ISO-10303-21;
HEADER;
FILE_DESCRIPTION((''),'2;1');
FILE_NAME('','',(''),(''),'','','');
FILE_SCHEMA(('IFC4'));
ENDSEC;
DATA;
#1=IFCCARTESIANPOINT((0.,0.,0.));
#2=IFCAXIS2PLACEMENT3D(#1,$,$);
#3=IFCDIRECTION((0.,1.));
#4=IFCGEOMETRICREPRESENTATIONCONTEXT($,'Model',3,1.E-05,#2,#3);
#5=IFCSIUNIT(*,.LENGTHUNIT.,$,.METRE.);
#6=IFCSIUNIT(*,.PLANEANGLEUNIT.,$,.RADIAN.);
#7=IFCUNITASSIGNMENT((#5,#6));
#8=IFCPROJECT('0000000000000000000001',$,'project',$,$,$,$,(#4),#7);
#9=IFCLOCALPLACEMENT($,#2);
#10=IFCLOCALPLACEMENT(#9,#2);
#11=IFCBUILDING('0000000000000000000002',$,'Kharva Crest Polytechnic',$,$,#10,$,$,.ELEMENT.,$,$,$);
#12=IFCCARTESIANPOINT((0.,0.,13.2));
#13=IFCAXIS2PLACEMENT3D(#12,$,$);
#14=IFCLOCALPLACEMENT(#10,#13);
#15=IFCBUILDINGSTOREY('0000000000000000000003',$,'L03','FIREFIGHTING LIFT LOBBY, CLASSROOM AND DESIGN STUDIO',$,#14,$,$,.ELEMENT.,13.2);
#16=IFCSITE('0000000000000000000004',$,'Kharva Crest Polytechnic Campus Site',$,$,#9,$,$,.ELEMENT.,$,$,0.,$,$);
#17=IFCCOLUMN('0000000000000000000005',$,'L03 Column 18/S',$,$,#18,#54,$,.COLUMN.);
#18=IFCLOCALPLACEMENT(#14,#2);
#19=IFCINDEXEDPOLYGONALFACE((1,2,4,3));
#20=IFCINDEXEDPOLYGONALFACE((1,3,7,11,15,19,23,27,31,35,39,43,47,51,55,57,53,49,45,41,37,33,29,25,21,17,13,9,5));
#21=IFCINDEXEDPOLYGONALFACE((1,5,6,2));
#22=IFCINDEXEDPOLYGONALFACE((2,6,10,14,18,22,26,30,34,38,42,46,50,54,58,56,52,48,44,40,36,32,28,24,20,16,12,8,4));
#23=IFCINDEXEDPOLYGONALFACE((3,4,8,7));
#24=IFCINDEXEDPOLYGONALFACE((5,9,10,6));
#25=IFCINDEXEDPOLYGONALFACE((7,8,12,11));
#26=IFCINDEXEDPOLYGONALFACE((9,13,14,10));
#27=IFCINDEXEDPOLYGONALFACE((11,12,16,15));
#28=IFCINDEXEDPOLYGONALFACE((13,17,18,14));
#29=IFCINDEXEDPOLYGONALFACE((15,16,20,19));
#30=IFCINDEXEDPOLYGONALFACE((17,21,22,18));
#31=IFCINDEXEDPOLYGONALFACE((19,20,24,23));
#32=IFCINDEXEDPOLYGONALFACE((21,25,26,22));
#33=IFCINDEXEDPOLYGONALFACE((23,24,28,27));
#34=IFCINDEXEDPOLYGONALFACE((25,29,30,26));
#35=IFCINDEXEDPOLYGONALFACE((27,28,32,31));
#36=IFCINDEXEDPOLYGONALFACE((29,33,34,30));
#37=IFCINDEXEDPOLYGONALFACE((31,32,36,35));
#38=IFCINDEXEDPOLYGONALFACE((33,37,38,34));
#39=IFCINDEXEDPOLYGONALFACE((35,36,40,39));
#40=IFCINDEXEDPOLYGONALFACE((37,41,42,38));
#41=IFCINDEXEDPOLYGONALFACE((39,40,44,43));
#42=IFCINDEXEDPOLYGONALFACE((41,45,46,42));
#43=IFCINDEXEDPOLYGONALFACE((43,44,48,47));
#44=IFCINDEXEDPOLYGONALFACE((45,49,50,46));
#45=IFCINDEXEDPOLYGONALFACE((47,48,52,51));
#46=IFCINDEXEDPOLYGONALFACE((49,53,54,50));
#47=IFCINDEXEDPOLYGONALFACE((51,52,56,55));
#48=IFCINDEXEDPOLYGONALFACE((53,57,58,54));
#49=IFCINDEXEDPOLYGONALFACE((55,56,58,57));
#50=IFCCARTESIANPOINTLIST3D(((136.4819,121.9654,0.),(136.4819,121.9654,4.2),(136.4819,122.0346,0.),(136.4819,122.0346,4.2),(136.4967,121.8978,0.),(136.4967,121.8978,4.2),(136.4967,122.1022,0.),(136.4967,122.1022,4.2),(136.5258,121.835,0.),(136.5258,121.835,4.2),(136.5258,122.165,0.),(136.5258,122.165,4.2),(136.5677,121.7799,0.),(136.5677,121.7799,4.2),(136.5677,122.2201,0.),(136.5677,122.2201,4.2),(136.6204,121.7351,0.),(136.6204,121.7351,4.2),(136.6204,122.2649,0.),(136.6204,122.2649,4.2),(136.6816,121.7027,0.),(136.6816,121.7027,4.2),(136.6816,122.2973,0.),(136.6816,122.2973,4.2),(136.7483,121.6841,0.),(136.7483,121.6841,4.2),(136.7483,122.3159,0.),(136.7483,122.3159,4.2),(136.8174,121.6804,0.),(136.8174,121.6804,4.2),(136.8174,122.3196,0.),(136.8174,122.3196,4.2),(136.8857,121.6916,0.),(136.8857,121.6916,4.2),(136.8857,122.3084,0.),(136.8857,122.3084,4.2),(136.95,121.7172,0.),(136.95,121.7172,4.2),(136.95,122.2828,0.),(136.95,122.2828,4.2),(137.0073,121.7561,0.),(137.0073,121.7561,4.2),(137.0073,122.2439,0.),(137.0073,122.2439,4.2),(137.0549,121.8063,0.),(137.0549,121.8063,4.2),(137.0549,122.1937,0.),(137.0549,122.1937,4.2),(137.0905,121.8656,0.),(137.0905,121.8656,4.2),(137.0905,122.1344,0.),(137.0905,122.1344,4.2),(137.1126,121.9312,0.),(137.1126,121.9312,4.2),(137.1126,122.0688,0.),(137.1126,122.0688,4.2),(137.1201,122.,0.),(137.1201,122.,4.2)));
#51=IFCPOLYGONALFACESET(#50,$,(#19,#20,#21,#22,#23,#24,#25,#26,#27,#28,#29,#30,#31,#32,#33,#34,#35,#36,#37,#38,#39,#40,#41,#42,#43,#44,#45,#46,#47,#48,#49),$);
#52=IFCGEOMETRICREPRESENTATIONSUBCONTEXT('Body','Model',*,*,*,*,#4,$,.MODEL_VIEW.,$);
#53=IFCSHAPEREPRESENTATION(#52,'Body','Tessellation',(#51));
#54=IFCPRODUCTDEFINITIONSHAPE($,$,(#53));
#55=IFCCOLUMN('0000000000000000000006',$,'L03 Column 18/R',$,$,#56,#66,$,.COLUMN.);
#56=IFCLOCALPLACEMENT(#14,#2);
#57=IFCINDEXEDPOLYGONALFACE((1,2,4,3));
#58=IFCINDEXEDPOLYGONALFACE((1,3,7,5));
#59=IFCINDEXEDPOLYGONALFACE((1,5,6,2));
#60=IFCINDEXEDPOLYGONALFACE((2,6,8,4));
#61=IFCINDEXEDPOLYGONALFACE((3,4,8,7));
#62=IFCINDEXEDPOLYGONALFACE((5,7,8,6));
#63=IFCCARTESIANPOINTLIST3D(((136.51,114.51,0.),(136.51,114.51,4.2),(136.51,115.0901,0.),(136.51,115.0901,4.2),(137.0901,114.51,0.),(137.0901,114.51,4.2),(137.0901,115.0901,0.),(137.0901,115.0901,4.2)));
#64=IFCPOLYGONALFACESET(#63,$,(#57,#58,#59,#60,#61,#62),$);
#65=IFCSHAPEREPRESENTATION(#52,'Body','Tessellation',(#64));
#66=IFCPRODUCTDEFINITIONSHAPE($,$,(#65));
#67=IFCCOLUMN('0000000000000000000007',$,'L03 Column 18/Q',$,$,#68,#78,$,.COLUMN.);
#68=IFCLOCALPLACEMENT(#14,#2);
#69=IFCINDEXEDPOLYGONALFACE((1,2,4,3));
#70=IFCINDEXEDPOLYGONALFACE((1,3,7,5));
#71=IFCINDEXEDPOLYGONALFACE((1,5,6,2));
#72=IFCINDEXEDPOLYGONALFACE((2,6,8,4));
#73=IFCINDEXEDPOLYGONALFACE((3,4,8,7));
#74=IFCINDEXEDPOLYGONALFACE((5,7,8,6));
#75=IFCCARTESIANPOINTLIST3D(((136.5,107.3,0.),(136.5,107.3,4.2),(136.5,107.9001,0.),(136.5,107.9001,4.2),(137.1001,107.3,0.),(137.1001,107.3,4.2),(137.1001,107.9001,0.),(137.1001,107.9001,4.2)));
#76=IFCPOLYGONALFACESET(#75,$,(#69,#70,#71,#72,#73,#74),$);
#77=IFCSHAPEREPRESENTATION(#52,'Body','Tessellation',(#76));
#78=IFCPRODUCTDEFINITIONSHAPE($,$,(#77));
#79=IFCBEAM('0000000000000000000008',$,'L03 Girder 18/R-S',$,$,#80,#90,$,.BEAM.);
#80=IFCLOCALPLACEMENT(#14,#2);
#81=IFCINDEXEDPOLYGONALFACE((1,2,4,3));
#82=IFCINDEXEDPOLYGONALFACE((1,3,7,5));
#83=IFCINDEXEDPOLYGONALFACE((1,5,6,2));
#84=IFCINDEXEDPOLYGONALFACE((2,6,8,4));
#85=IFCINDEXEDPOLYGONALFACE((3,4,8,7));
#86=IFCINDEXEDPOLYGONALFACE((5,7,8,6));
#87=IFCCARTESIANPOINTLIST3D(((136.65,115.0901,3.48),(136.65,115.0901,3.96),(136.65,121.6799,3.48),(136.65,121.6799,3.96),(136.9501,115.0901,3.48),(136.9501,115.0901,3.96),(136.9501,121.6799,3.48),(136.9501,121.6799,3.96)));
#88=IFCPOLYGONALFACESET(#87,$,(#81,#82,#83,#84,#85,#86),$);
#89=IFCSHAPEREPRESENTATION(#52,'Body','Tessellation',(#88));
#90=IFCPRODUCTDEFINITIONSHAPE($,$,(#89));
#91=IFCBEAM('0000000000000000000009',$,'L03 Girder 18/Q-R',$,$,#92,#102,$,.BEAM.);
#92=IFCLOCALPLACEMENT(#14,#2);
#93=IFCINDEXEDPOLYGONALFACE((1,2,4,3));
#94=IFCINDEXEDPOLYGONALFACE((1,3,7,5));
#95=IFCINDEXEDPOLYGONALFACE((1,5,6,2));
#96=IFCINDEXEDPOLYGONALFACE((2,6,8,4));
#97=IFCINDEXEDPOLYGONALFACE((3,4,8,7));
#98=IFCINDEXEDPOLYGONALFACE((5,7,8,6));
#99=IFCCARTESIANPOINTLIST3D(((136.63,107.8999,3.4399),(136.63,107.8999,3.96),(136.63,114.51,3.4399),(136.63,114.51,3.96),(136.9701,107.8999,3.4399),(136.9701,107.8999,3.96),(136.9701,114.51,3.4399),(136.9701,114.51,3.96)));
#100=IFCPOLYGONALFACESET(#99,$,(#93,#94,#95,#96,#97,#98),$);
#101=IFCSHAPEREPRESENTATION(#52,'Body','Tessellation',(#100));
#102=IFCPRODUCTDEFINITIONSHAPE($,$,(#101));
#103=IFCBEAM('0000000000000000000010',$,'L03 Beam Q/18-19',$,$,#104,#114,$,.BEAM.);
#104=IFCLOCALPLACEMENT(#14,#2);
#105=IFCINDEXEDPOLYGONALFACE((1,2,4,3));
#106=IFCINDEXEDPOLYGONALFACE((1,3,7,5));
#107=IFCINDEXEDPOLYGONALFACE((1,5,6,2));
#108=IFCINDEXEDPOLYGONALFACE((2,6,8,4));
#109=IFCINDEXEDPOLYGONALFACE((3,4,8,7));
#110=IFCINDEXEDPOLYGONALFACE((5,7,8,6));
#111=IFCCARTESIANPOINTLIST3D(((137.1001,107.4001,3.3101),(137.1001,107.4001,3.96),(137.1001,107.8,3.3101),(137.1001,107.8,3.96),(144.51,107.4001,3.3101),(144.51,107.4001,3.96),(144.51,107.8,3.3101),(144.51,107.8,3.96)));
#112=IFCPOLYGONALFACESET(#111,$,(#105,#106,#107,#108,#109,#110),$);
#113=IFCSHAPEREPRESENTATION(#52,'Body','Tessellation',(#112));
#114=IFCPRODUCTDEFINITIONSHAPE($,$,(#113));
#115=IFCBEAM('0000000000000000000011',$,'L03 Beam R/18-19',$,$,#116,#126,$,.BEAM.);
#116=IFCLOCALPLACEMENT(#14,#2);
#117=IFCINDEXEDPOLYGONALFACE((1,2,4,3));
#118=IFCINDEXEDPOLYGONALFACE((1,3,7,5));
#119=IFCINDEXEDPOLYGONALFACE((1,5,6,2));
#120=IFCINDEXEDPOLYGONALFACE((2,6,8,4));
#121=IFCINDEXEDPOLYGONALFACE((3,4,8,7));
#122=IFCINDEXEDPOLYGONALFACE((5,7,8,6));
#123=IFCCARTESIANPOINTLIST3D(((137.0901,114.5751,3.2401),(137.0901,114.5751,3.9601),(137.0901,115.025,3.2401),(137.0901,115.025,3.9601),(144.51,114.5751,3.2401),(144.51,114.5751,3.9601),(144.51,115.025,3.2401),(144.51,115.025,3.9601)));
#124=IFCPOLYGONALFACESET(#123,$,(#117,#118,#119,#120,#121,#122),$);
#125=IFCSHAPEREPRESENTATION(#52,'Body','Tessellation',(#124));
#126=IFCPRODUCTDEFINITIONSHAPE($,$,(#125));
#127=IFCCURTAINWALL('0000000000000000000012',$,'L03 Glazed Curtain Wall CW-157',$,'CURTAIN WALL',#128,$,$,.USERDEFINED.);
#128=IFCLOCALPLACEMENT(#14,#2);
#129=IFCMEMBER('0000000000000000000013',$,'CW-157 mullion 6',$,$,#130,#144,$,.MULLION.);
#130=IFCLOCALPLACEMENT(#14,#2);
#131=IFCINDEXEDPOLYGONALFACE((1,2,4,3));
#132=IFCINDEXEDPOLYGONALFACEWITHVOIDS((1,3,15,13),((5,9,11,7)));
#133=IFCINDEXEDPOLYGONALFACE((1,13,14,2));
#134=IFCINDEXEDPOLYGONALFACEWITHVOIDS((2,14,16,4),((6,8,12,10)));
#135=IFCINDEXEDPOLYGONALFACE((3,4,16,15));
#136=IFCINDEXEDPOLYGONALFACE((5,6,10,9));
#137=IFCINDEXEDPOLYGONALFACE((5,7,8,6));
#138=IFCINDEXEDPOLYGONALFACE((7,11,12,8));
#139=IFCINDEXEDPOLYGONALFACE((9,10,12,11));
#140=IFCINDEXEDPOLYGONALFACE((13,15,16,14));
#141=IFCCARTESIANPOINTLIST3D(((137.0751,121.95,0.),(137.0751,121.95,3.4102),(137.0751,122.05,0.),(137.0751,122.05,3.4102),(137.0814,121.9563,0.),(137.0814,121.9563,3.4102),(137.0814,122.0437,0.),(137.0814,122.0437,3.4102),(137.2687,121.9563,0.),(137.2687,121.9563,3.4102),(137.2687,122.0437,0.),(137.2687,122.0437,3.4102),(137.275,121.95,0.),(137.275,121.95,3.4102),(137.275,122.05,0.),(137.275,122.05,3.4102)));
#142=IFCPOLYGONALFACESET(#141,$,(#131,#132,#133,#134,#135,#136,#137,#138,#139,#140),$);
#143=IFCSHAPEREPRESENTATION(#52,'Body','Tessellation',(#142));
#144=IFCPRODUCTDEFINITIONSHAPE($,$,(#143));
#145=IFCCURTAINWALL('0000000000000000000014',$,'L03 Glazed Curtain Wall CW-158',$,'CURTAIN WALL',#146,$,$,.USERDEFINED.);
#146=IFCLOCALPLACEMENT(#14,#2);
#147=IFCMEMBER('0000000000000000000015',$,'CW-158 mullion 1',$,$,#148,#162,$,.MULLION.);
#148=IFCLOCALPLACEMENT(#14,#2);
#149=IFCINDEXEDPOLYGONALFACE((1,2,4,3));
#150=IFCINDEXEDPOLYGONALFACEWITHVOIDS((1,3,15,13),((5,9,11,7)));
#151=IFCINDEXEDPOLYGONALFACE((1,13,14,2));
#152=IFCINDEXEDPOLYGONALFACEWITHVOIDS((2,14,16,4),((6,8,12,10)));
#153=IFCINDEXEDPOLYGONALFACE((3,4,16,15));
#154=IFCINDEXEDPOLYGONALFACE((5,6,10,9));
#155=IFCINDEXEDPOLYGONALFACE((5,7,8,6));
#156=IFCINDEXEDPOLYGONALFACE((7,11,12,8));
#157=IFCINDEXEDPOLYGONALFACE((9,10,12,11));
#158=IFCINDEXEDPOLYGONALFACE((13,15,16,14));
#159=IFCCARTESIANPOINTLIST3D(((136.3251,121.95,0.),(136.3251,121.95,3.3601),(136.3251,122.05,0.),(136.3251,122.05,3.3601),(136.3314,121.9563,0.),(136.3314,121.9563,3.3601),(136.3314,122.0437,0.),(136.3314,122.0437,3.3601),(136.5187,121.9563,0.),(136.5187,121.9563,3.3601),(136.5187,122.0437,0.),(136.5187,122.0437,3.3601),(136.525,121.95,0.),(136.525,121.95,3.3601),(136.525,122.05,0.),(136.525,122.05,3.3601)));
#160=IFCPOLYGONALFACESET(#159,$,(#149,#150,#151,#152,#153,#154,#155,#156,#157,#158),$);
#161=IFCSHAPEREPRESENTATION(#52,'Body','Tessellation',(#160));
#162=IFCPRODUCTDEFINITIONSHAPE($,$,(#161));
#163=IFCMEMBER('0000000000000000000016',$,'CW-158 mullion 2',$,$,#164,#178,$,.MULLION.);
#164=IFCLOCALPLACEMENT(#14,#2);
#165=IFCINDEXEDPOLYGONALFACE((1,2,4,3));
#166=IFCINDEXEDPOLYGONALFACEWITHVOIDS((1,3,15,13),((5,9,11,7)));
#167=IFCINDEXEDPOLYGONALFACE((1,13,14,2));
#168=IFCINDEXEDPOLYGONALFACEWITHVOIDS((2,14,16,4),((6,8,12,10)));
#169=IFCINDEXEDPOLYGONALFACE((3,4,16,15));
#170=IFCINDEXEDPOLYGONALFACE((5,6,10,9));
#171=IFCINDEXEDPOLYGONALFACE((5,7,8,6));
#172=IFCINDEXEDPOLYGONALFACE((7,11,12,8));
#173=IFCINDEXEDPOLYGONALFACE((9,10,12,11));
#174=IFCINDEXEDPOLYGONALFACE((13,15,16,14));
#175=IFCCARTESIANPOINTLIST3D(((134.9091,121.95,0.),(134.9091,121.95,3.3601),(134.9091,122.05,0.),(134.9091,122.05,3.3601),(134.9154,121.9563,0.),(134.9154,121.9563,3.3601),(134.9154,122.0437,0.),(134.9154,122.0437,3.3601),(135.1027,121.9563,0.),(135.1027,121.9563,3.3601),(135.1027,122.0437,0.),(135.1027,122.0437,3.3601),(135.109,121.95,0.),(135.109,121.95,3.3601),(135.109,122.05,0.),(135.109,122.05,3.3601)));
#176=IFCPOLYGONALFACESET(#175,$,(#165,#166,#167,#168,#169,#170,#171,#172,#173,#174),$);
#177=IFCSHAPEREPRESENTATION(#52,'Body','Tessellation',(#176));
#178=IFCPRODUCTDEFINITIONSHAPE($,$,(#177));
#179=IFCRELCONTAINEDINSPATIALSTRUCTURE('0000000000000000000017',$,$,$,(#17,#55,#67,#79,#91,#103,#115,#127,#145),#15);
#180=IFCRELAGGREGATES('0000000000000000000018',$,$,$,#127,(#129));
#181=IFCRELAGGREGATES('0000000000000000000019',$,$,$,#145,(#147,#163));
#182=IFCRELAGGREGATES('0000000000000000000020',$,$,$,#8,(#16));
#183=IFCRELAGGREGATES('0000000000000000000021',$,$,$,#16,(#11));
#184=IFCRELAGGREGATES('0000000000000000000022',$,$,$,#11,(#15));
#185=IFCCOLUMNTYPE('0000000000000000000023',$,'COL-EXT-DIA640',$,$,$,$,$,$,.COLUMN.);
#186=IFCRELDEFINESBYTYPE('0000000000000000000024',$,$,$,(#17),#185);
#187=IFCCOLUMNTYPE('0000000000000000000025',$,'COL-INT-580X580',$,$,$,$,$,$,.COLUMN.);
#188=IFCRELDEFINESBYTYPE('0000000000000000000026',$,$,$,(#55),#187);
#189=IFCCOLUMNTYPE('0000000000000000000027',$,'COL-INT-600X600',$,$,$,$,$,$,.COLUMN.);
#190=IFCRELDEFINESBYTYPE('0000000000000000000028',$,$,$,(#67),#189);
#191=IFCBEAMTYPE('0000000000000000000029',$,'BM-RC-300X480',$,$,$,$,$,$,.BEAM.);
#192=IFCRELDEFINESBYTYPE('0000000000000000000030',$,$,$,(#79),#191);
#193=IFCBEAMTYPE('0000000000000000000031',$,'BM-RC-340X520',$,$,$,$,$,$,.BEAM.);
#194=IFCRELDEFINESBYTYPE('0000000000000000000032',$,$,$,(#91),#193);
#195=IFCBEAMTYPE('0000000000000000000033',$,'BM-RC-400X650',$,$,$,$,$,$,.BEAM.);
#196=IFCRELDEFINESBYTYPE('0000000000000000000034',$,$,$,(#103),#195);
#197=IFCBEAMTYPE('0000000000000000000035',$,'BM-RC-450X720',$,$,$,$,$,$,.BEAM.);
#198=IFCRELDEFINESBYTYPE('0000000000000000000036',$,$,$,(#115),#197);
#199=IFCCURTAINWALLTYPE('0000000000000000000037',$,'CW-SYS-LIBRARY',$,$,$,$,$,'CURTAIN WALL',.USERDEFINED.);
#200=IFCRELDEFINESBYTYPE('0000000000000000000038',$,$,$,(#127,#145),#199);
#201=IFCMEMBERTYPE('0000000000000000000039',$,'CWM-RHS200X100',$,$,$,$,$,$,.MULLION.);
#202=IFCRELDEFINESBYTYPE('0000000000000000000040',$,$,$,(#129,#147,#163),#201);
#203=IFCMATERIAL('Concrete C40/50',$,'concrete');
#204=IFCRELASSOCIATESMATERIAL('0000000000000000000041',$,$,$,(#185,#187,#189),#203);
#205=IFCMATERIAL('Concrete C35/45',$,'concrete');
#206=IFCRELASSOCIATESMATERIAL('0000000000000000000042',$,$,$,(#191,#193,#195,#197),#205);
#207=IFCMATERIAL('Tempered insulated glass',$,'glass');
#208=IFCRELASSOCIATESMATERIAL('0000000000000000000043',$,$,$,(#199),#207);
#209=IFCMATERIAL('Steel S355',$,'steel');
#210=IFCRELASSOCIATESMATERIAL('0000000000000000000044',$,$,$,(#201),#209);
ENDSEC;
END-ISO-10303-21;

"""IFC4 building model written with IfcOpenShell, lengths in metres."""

from ifc_helpers import new_model, si_unit, direction, frame, origin, origin_2d, place, context, subcontext, project, spatial, rectangle, hollow_rectangle, circle, extrude, material, material_profile, profile_set, type_object, element, aggregate, save


model = new_model("IFC4")

# Units and contexts
model_context = context("Model", 3, precision=1e-05, world=origin(), true_north=direction((0.0, 1.0)))
body_context = subcontext(model_context, "Body", "Model", "MODEL_VIEW")
ifc_project = project(units=[si_unit("LENGTHUNIT", "METRE"), si_unit("PLANEANGLEUNIT", "RADIAN")], contexts=[model_context])

# Site, building, storey
site_placement = place(None, origin())
site = spatial("IfcSite", under=ifc_project, at=site_placement, Name="Kharva Crest Polytechnic Campus Site", CompositionType="ELEMENT", RefElevation=0.0)
building_placement = place(site_placement, origin())
building = spatial("IfcBuilding", under=site, at=building_placement, Name="Kharva Crest Polytechnic", CompositionType="ELEMENT")
storey_placement = place(building_placement, frame((0.0, 0.0, 13.2)))
storey = spatial("IfcBuildingStorey", under=building, at=storey_placement, Name="L03", Description="FIREFIGHTING LIFT LOBBY, CLASSROOM AND DESIGN STUDIO", CompositionType="ELEMENT", Elevation=13.2)

# Columns
ifc_material_1 = material(Name="Concrete C40/50", Category="concrete")
ifc_material_profile_1 = material_profile(ifc_material_1, circle(Radius=0.3201, at=origin_2d()), Name="DIA 640")
ifc_profile_set_1 = profile_set([ifc_material_profile_1], Name="Concrete C40/50")
column_type_1 = type_object("IfcColumnType", Name="COL-EXT-DIA640", PredefinedType="COLUMN", material=ifc_profile_set_1)
column_1_placement = place(storey_placement, frame((136.8, 122.0, 0.0), z_axis=(0.0, 0.0, 1.0), x_axis=(1.0, 0.0, 0.0)))
element("IfcColumn", 1, at=column_1_placement, inside=storey, type_object=column_type_1, Name="L03 Column 18/S", PredefinedType="COLUMN", context=body_context, shape_type="SweptSolid", body=[
    extrude(circle(Radius=0.3201, at=origin_2d()), origin(), (0.0, 0.0, 1.0), 4.2),
])
ifc_material_profile_2 = material_profile(ifc_material_1, rectangle(XDim=0.5801, YDim=0.5801, at=origin_2d()), Name="RECT 580 X 580")
ifc_profile_set_2 = profile_set([ifc_material_profile_2], Name="Concrete C40/50")
column_type_2 = type_object("IfcColumnType", Name="COL-INT-580X580", PredefinedType="COLUMN", material=ifc_profile_set_2)
column_2_placement = place(storey_placement, frame((136.8, 114.8, 0.0), z_axis=(0.0, 0.0, 1.0), x_axis=(1.0, 0.0, 0.0)))
element("IfcColumn", 2, at=column_2_placement, inside=storey, type_object=column_type_2, Name="L03 Column 18/R", PredefinedType="COLUMN", context=body_context, shape_type="SweptSolid", body=[
    extrude(rectangle(XDim=0.5801, YDim=0.5801, at=origin_2d()), origin(), (0.0, 0.0, 1.0), 4.2),
])
ifc_material_profile_3 = material_profile(ifc_material_1, rectangle(XDim=0.6001, YDim=0.6001, at=origin_2d()), Name="RECT 600 X 600")
ifc_profile_set_3 = profile_set([ifc_material_profile_3], Name="Concrete C40/50")
column_type_3 = type_object("IfcColumnType", Name="COL-INT-600X600", PredefinedType="COLUMN", material=ifc_profile_set_3)
column_3_placement = place(storey_placement, frame((136.8, 107.6001, 0.0), z_axis=(0.0, 0.0, 1.0), x_axis=(1.0, 0.0, 0.0)))
element("IfcColumn", 3, at=column_3_placement, inside=storey, type_object=column_type_3, Name="L03 Column 18/Q", PredefinedType="COLUMN", context=body_context, shape_type="SweptSolid", body=[
    extrude(rectangle(XDim=0.6001, YDim=0.6001, at=origin_2d()), origin(), (0.0, 0.0, 1.0), 4.2),
])

# Beams
ifc_material_2 = material(Name="Concrete C35/45", Category="concrete")
ifc_material_profile_4 = material_profile(ifc_material_2, rectangle(XDim=0.3, YDim=0.48, at=origin_2d()), Name="RECT 300 X 480")
ifc_profile_set_4 = profile_set([ifc_material_profile_4], Name="Concrete C35/45")
beam_type_1 = type_object("IfcBeamType", Name="BM-RC-300X480", PredefinedType="BEAM", material=ifc_profile_set_4)
beam_1_placement = place(storey_placement, frame((136.8, 115.0901, 3.72), z_axis=(0.0, 1.0, 0.0), x_axis=(-1.0, 0.0, 0.0)))
element("IfcBeam", 4, at=beam_1_placement, inside=storey, type_object=beam_type_1, Name="L03 Girder 18/R-S", PredefinedType="BEAM", context=body_context, shape_type="SweptSolid", body=[
    extrude(rectangle(XDim=0.3, YDim=0.48, at=origin_2d()), origin(), (0.0, 0.0, 1.0), 6.5898),
])
ifc_material_profile_5 = material_profile(ifc_material_2, rectangle(XDim=0.3401, YDim=0.52, at=origin_2d()), Name="RECT 340 X 520")
ifc_profile_set_5 = profile_set([ifc_material_profile_5], Name="Concrete C35/45")
beam_type_2 = type_object("IfcBeamType", Name="BM-RC-340X520", PredefinedType="BEAM", material=ifc_profile_set_5)
beam_2_placement = place(storey_placement, frame((136.8, 107.8999, 3.7), z_axis=(0.0, 1.0, 0.0), x_axis=(-1.0, 0.0, 0.0)))
element("IfcBeam", 5, at=beam_2_placement, inside=storey, type_object=beam_type_2, Name="L03 Girder 18/Q-R", PredefinedType="BEAM", context=body_context, shape_type="SweptSolid", body=[
    extrude(rectangle(XDim=0.3401, YDim=0.52, at=origin_2d()), origin(), (0.0, 0.0, 1.0), 6.6101),
])
ifc_material_profile_6 = material_profile(ifc_material_2, rectangle(XDim=0.3999, YDim=0.6499, at=origin_2d()), Name="RECT 400 X 650")
ifc_profile_set_6 = profile_set([ifc_material_profile_6], Name="Concrete C35/45")
beam_type_3 = type_object("IfcBeamType", Name="BM-RC-400X650", PredefinedType="BEAM", material=ifc_profile_set_6)
beam_3_placement = place(storey_placement, frame((137.1001, 107.6001, 3.635), z_axis=(1.0, 0.0, 0.0), x_axis=(0.0, 1.0, 0.0)))
element("IfcBeam", 6, at=beam_3_placement, inside=storey, type_object=beam_type_3, Name="L03 Beam Q/18-19", PredefinedType="BEAM", context=body_context, shape_type="SweptSolid", body=[
    extrude(rectangle(XDim=0.3999, YDim=0.6499, at=origin_2d()), origin(), (0.0, 0.0, 1.0), 7.4099),
])
ifc_material_profile_7 = material_profile(ifc_material_2, rectangle(XDim=0.45, YDim=0.72, at=origin_2d()), Name="RECT 450 X 720")
ifc_profile_set_7 = profile_set([ifc_material_profile_7], Name="Concrete C35/45")
beam_type_4 = type_object("IfcBeamType", Name="BM-RC-450X720", PredefinedType="BEAM", material=ifc_profile_set_7)
beam_4_placement = place(storey_placement, frame((137.0901, 114.8, 3.6001), z_axis=(1.0, 0.0, 0.0), x_axis=(0.0, 1.0, 0.0)))
element("IfcBeam", 7, at=beam_4_placement, inside=storey, type_object=beam_type_4, Name="L03 Beam R/18-19", PredefinedType="BEAM", context=body_context, shape_type="SweptSolid", body=[
    extrude(rectangle(XDim=0.45, YDim=0.72, at=origin_2d()), origin(), (0.0, 0.0, 1.0), 7.4199),
])

# Curtain wall, member
ifc_material_3 = material(Name="Tempered insulated glass", Category="glass")
curtain_wall_type = type_object("IfcCurtainWallType", Name="CW-SYS-LIBRARY", ElementType="CURTAIN WALL", PredefinedType="USERDEFINED", material=ifc_material_3)
curtain_wall_1_placement = place(storey_placement, origin())
curtain_wall_1 = element("IfcCurtainWall", 8, at=curtain_wall_1_placement, inside=storey, type_object=curtain_wall_type, Name="L03 Glazed Curtain Wall CW-157", ObjectType="CURTAIN WALL", PredefinedType="USERDEFINED")
ifc_material_4 = material(Name="Steel S355", Category="steel")
ifc_material_profile_8 = material_profile(ifc_material_4, hollow_rectangle(XDim=0.1001, YDim=0.2, WallThickness=0.0063, at=origin_2d()), Name="RHS 200X100X6.3")
ifc_profile_set_8 = profile_set([ifc_material_profile_8], Name="Steel S355")
member_type_1 = type_object("IfcMemberType", Name="CWM-RHS200X100", PredefinedType="MULLION", material=ifc_profile_set_8)
member_1_placement = place(storey_placement, frame((137.175, 122.0, 0.0), z_axis=(0.0, 0.0, 1.0), x_axis=(0.0, -1.0, 0.0)))
member_1 = element("IfcMember", 9, at=member_1_placement, type_object=member_type_1, Name="CW-157 mullion 6", PredefinedType="MULLION", context=body_context, shape_type="SweptSolid", body=[
    extrude(hollow_rectangle(XDim=0.1001, YDim=0.2, WallThickness=0.0063, at=origin_2d()), origin(), (0.0, 0.0, 1.0), 3.4102),
])
aggregate(curtain_wall_1, [member_1])

# Curtain wall, members
curtain_wall_2_placement = place(storey_placement, origin())
curtain_wall_2 = element("IfcCurtainWall", 10, at=curtain_wall_2_placement, inside=storey, type_object=curtain_wall_type, Name="L03 Glazed Curtain Wall CW-158", ObjectType="CURTAIN WALL", PredefinedType="USERDEFINED")
member_2_placement = place(storey_placement, frame((136.425, 122.0, 0.0), z_axis=(0.0, 0.0, 1.0), x_axis=(0.0, -1.0, 0.0)))
member_2 = element("IfcMember", 11, at=member_2_placement, type_object=member_type_1, Name="CW-158 mullion 1", PredefinedType="MULLION", context=body_context, shape_type="SweptSolid", body=[
    extrude(hollow_rectangle(XDim=0.1001, YDim=0.2, WallThickness=0.0063, at=origin_2d()), origin(), (0.0, 0.0, 1.0), 3.3601),
])
member_3_placement = place(storey_placement, frame((135.009, 122.0, 0.0), z_axis=(0.0, 0.0, 1.0), x_axis=(0.0, -1.0, 0.0)))
member_3 = element("IfcMember", 12, at=member_3_placement, type_object=member_type_1, Name="CW-158 mullion 2", PredefinedType="MULLION", context=body_context, shape_type="SweptSolid", body=[
    extrude(hollow_rectangle(XDim=0.1001, YDim=0.2, WallThickness=0.0063, at=origin_2d()), origin(), (0.0, 0.0, 1.0), 3.3601),
])

aggregate(curtain_wall_2, [member_2, member_3])

save(model, "model.ifc")
